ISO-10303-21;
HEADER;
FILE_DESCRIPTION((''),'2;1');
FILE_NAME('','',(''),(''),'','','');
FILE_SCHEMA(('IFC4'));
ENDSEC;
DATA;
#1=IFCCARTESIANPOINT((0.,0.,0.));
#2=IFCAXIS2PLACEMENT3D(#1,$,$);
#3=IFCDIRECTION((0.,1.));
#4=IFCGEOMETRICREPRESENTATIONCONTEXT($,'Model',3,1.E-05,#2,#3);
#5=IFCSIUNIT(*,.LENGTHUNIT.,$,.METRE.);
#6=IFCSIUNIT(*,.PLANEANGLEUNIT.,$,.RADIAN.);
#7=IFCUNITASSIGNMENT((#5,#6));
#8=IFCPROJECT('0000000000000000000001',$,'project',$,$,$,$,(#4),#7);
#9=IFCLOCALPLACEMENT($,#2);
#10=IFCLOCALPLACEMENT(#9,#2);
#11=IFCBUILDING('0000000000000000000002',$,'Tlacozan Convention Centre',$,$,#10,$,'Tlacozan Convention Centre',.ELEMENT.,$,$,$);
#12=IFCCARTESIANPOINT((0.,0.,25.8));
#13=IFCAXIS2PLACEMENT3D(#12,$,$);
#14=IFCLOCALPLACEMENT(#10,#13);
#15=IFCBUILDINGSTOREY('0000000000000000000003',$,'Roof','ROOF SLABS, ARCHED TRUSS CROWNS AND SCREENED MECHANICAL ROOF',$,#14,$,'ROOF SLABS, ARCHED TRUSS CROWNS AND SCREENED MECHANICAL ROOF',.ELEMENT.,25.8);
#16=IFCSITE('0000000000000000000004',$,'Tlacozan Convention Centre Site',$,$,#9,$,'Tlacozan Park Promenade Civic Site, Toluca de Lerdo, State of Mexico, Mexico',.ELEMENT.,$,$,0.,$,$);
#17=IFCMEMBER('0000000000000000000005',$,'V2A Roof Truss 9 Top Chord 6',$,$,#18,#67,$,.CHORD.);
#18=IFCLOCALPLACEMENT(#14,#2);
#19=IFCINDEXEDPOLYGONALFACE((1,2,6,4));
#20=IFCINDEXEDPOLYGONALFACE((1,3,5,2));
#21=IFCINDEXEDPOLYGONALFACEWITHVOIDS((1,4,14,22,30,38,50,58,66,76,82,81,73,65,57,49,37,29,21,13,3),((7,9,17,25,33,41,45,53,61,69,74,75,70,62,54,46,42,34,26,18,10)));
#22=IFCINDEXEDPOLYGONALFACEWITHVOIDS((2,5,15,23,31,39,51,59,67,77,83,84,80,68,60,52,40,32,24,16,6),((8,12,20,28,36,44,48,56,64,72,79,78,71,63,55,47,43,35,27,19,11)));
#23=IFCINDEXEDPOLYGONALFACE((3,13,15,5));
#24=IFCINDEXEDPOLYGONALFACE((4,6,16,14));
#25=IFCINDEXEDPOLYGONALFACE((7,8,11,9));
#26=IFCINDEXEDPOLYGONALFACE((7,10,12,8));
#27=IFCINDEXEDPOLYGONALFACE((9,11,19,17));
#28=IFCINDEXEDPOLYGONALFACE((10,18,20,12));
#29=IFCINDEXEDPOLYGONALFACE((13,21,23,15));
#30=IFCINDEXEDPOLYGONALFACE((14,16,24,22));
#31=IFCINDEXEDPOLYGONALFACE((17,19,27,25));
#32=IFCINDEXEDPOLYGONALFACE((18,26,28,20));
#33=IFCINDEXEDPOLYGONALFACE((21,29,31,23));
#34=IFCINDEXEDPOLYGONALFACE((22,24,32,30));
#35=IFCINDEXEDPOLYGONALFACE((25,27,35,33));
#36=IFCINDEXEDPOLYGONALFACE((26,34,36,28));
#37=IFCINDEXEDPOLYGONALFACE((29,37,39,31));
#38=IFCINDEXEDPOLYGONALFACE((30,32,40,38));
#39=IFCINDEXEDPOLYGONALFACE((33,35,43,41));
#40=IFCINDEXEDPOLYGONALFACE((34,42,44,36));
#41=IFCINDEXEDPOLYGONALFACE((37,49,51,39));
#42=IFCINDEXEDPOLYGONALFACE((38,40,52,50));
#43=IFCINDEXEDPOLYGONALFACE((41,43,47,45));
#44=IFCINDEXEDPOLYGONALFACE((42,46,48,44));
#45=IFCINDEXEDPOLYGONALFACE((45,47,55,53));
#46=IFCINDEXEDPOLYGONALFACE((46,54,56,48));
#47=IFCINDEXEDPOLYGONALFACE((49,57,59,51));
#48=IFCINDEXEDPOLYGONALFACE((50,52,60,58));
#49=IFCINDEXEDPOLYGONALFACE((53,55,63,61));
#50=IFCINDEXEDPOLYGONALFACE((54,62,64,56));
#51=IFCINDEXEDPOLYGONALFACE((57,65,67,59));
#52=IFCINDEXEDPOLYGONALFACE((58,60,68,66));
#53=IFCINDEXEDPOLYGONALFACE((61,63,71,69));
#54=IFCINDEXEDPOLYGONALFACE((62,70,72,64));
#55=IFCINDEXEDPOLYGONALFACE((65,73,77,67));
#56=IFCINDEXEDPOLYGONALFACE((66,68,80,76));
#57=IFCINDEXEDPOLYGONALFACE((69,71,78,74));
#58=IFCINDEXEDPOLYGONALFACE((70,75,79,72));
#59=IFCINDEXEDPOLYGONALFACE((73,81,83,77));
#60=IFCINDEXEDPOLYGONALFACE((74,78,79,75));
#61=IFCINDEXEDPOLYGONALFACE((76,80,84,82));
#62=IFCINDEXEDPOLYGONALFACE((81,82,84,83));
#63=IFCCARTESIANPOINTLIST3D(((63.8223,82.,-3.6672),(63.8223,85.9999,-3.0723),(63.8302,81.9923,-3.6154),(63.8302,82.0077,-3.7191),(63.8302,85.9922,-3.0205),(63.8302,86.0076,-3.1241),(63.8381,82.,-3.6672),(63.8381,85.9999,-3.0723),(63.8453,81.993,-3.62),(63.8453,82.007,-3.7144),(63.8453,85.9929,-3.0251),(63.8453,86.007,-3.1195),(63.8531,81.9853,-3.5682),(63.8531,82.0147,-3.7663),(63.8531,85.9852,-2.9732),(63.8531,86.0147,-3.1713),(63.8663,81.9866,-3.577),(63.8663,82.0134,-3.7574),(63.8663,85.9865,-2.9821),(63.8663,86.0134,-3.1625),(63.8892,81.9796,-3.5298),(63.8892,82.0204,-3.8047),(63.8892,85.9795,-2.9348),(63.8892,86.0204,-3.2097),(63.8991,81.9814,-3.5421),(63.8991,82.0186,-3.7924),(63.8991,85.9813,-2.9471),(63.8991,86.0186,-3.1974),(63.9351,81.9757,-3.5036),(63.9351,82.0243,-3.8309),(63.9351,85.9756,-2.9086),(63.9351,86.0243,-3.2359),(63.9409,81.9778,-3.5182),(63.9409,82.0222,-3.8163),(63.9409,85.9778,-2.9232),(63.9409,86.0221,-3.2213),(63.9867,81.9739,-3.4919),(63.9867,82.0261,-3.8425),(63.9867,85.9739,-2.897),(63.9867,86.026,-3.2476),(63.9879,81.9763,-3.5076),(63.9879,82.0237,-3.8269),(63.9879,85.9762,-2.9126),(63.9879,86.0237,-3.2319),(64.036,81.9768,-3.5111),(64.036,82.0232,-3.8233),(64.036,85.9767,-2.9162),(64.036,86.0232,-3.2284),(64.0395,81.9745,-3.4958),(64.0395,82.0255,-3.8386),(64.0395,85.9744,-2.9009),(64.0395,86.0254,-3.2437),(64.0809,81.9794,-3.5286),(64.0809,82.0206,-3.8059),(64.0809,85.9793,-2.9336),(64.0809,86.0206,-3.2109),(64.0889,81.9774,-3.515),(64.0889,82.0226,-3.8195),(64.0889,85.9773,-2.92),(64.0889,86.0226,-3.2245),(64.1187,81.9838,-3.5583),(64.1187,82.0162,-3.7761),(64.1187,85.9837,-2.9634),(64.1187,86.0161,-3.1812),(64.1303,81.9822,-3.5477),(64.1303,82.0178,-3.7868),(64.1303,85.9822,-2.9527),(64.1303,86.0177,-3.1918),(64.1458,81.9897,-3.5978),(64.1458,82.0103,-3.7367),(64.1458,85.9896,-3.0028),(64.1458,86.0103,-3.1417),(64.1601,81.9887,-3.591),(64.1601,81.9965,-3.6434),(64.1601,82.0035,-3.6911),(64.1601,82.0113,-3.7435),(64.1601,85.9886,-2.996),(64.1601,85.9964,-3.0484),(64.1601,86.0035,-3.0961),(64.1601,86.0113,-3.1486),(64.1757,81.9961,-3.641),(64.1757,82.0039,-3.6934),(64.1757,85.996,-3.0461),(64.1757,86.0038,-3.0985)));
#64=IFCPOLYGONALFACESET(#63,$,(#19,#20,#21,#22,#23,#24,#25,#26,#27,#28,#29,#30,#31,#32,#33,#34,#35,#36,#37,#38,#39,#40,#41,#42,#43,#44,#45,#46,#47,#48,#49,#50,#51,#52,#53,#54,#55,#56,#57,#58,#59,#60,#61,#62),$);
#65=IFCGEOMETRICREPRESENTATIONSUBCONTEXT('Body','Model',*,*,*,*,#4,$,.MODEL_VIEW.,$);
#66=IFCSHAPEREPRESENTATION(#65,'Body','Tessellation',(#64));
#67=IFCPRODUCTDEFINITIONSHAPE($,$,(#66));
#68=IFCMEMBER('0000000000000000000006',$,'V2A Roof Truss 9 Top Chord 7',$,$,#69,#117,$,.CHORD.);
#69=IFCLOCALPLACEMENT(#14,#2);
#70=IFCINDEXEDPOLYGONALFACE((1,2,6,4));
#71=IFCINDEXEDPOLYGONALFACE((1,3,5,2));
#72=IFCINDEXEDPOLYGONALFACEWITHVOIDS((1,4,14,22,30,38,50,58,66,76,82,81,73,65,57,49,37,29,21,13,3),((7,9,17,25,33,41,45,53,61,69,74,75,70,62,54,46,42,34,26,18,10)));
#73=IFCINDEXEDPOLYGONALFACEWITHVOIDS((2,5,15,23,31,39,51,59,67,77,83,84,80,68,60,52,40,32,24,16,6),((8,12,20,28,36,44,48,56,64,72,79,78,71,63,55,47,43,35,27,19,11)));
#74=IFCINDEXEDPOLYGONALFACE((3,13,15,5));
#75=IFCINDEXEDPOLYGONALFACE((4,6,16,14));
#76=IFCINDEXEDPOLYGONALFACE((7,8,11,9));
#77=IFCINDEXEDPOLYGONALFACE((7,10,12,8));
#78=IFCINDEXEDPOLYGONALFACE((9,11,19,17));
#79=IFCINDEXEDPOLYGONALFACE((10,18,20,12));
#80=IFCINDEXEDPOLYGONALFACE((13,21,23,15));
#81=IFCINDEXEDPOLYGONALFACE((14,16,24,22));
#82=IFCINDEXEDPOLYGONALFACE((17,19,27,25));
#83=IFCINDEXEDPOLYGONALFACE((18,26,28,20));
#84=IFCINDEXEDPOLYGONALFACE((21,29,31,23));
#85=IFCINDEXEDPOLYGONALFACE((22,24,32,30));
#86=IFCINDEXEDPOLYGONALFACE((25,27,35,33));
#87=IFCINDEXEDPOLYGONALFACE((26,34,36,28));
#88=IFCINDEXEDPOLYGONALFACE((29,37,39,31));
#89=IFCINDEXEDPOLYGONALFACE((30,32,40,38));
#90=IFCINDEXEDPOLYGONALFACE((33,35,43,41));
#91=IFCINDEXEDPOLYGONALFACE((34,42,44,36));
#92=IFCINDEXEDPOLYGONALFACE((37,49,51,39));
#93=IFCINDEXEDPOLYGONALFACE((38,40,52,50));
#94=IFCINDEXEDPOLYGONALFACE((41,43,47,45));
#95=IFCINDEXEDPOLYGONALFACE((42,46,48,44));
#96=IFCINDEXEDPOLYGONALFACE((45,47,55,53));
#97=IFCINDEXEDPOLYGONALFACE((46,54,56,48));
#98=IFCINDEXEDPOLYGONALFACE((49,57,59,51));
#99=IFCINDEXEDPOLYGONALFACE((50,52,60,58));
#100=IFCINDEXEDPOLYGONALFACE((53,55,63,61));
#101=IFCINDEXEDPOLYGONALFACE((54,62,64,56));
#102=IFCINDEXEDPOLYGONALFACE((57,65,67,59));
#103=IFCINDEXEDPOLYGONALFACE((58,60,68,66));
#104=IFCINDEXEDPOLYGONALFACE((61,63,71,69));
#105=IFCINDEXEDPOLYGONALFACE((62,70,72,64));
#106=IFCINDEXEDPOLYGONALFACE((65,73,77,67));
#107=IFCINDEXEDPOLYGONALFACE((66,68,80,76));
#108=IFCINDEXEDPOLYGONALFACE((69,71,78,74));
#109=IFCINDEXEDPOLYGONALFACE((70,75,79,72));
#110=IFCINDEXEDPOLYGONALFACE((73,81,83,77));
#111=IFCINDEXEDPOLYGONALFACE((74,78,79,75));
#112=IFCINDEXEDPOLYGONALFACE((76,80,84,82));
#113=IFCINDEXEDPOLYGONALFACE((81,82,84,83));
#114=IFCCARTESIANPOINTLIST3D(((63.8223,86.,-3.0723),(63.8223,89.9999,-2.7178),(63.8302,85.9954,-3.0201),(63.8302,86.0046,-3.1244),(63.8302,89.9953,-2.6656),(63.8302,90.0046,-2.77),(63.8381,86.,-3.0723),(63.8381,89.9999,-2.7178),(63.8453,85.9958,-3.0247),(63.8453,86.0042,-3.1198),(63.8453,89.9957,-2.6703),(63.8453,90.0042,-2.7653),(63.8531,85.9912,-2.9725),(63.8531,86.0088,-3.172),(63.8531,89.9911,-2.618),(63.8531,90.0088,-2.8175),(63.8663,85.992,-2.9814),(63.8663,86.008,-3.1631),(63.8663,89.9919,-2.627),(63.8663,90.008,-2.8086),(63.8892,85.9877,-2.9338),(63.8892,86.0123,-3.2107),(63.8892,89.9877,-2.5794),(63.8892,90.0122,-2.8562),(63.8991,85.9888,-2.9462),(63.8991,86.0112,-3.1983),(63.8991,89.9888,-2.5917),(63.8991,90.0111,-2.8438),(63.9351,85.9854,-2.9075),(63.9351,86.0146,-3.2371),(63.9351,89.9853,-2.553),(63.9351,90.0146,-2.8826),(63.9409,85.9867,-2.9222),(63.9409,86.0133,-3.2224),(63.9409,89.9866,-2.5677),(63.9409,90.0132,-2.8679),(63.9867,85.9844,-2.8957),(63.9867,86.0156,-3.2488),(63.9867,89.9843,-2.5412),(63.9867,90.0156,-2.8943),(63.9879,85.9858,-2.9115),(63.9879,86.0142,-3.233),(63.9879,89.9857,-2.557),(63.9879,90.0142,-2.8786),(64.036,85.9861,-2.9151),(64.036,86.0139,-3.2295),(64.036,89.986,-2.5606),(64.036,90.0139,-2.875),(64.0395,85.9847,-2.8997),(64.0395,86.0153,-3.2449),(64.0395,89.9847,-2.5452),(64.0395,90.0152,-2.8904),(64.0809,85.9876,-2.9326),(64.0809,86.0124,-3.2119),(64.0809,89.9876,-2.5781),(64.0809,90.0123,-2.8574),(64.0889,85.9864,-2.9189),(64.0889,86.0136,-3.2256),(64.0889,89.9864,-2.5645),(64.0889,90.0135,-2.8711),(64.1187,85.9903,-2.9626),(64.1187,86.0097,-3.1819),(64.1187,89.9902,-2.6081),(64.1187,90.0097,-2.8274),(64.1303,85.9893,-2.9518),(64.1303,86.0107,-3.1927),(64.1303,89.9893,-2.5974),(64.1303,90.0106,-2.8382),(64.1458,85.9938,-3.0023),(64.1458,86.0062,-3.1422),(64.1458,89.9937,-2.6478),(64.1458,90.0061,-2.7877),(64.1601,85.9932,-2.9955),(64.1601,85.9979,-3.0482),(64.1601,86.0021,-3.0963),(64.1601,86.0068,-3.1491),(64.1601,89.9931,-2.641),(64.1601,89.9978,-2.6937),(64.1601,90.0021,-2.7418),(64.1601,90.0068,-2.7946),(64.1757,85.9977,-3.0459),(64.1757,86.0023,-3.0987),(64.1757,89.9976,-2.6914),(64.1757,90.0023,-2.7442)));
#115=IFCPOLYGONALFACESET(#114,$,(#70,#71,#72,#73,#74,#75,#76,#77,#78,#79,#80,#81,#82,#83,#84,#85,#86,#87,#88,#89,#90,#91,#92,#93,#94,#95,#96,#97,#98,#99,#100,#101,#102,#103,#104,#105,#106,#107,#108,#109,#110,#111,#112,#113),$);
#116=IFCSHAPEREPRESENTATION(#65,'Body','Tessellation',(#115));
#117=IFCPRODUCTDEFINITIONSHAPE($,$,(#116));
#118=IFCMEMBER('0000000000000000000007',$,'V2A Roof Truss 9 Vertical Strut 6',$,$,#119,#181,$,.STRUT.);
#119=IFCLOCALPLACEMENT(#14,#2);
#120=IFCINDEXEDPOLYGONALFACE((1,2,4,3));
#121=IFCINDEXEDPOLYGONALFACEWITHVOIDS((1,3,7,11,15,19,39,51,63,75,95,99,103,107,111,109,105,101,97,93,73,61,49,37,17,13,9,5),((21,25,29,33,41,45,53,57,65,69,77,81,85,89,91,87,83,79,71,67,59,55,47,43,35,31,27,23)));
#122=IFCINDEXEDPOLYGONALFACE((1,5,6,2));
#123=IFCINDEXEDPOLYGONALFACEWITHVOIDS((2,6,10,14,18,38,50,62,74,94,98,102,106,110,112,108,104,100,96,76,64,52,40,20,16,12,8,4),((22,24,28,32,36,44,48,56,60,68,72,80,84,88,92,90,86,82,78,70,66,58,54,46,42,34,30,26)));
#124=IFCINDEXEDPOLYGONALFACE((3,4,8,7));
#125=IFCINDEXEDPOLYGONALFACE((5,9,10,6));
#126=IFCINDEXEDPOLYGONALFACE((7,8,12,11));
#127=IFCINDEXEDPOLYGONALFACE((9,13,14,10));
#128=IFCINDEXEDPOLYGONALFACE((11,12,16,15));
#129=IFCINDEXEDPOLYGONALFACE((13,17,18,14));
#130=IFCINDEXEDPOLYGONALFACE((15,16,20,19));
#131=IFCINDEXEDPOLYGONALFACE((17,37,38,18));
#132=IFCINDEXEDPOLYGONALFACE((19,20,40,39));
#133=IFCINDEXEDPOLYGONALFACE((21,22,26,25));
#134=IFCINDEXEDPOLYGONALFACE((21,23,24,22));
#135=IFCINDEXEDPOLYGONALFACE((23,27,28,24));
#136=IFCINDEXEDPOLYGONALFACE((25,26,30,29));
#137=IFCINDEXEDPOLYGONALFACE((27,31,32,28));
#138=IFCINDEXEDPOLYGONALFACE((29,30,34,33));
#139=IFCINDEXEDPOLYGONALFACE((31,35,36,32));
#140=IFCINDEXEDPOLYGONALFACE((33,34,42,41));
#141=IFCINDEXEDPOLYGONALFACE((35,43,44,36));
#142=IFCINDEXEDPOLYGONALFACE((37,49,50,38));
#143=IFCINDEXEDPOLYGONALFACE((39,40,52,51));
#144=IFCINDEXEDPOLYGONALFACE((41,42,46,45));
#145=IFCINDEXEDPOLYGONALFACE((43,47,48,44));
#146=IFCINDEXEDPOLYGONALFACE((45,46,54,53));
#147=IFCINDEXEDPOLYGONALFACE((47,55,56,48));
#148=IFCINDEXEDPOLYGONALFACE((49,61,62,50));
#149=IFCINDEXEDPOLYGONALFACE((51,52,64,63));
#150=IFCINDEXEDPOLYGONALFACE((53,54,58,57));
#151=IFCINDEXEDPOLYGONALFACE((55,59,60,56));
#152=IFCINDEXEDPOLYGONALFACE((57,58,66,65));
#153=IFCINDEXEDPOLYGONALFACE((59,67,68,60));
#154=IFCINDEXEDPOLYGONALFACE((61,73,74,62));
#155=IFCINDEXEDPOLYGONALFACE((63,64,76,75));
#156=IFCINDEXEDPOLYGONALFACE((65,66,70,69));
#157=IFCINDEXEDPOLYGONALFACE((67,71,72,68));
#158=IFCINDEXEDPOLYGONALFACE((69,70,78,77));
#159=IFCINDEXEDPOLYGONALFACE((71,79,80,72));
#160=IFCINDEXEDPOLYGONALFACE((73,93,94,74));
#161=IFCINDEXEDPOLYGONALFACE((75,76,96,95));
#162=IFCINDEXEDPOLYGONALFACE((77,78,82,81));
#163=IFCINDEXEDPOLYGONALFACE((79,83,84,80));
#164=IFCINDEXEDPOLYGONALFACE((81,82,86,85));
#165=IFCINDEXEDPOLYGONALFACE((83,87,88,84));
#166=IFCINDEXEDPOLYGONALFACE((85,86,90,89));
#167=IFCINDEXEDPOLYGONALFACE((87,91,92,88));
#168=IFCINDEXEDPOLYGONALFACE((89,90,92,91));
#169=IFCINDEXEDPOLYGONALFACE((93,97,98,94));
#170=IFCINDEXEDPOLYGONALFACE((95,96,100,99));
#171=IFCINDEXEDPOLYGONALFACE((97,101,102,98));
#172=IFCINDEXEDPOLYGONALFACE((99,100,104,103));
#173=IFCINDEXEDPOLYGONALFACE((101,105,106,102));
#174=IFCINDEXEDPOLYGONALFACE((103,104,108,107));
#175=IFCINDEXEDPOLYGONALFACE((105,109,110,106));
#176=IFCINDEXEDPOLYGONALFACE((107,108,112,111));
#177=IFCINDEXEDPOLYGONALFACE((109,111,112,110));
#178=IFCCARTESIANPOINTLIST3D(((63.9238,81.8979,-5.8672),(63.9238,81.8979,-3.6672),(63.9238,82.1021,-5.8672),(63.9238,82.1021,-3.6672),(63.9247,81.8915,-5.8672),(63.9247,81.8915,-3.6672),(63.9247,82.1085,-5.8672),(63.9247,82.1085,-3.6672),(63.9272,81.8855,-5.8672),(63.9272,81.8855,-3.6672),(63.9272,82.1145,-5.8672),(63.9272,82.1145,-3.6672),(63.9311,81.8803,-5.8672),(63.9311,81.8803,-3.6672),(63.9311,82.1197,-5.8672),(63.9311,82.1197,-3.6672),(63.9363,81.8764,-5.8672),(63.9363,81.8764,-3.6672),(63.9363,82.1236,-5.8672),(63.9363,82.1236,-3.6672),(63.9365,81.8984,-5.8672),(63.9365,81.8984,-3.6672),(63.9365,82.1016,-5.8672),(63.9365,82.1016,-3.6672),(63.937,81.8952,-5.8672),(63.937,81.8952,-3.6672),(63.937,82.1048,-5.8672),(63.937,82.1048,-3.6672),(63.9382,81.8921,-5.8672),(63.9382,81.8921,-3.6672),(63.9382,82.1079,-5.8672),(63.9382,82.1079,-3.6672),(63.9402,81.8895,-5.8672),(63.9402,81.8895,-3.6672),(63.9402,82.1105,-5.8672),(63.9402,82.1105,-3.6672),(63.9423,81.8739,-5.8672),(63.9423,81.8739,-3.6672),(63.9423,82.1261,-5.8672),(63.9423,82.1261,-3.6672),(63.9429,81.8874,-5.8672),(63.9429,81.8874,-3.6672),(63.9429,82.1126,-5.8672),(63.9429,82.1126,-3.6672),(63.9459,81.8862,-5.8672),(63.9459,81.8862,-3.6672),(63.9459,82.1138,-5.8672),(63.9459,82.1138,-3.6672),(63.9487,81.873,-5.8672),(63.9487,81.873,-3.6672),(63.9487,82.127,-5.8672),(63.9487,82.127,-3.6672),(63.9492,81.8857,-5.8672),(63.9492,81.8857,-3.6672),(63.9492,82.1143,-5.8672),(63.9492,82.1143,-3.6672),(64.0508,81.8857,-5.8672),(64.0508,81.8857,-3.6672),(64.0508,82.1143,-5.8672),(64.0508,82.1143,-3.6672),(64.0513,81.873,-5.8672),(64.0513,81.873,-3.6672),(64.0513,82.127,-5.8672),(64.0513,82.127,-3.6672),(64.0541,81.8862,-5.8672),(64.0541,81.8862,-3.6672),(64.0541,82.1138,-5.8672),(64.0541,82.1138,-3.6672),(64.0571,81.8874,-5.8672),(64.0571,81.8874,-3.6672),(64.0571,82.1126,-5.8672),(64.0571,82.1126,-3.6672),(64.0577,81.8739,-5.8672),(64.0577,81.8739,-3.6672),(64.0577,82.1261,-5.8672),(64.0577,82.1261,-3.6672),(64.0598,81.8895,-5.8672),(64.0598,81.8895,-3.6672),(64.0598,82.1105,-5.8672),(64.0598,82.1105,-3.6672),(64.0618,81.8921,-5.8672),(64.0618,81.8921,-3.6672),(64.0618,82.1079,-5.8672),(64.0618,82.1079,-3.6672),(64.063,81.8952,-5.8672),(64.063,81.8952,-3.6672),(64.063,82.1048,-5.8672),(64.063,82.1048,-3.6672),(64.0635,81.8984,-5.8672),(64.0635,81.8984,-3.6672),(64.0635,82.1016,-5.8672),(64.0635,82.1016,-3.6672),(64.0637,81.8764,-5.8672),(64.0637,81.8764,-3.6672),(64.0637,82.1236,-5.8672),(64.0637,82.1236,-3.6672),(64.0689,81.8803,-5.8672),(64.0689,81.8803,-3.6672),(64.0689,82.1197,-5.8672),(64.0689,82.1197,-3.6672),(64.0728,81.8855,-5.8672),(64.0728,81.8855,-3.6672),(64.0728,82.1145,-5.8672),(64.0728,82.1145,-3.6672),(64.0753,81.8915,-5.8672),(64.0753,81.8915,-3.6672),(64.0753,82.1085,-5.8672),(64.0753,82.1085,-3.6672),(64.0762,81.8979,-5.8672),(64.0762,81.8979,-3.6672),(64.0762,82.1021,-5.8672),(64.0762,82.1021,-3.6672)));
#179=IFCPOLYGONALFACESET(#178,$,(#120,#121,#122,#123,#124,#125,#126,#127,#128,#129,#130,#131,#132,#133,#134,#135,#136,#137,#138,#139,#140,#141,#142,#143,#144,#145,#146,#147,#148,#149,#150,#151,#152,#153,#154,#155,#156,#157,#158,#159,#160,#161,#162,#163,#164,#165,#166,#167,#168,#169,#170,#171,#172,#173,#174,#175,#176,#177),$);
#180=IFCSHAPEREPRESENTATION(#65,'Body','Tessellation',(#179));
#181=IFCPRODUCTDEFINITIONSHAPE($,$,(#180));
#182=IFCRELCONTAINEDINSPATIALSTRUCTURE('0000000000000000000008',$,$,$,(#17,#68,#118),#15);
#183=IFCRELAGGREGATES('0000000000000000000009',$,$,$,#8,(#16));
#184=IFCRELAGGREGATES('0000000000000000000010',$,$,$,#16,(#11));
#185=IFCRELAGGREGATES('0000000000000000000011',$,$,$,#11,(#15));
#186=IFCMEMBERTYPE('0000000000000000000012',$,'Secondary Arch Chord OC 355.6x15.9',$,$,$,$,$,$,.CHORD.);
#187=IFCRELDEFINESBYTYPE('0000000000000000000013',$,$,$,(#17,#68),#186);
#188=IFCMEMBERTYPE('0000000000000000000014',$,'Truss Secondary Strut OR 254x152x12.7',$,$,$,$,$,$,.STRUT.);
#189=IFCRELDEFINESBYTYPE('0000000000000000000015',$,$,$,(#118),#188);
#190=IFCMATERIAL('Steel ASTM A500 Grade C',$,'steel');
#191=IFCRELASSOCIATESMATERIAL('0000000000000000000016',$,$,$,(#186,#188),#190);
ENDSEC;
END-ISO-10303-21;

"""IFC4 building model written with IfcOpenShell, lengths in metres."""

from ifc_helpers import new_model, si_unit, direction, frame, origin, origin_2d, place, context, subcontext, project, spatial, hollow_rectangle, hollow_circle, extrude, material, material_profile, profile_set, type_object, element, save


model = new_model("IFC4")

# Units and contexts
model_context = context("Model", 3, precision=1e-05, world=origin(), true_north=direction((0.0, 1.0)))
body_context = subcontext(model_context, "Body", "Model", "MODEL_VIEW")
ifc_project = project(units=[si_unit("LENGTHUNIT", "METRE"), si_unit("PLANEANGLEUNIT", "RADIAN")], contexts=[model_context])

# Site, building, storey
site_placement = place(None, origin())
site = spatial("IfcSite", under=ifc_project, at=site_placement, Name="Tlacozan Convention Centre Site", LongName="Tlacozan Park Promenade Civic Site, Toluca de Lerdo, State of Mexico, Mexico", CompositionType="ELEMENT", RefElevation=0.0)
building_placement = place(site_placement, origin())
building = spatial("IfcBuilding", under=site, at=building_placement, Name="Tlacozan Convention Centre", LongName="Tlacozan Convention Centre", CompositionType="ELEMENT")
storey_placement = place(building_placement, frame((0.0, 0.0, 25.8)))
storey = spatial("IfcBuildingStorey", under=building, at=storey_placement, Name="Roof", Description="ROOF SLABS, ARCHED TRUSS CROWNS AND SCREENED MECHANICAL ROOF", LongName="ROOF SLABS, ARCHED TRUSS CROWNS AND SCREENED MECHANICAL ROOF", CompositionType="ELEMENT", Elevation=25.8)

# Members
ifc_material_1 = material(Name="Steel ASTM A500 Grade C", Category="steel")
ifc_material_profile_1 = material_profile(ifc_material_1, hollow_circle(Radius=0.1777, WallThickness=0.0159, at=origin_2d()), Name="OC 355.6x15.9")
ifc_profile_set_1 = profile_set([ifc_material_profile_1], Name="Steel ASTM A500 Grade C")
member_type_1 = type_object("IfcMemberType", Name="Secondary Arch Chord OC 355.6x15.9", PredefinedType="CHORD", material=ifc_profile_set_1)
member_1_placement = place(storey_placement, frame((64.0, 82.0, -3.6672), z_axis=(0.0, 0.989118, 0.147124), x_axis=(-1.0, 0.0, 0.0)))
element("IfcMember", 1, at=member_1_placement, inside=storey, type_object=member_type_1, Name="V2A Roof Truss 9 Top Chord 6", PredefinedType="CHORD", context=body_context, shape_type="SweptSolid", body=[
    extrude(hollow_circle(Radius=0.1777, WallThickness=0.0159, at=origin_2d()), origin(), (0.0, 0.0, 1.0), 4.0439),
])
member_2_placement = place(storey_placement, frame((64.0, 86.0, -3.0723), z_axis=(0.0, 0.996096, 0.088277), x_axis=(-1.0, 0.0, 0.0)))
element("IfcMember", 2, at=member_2_placement, inside=storey, type_object=member_type_1, Name="V2A Roof Truss 9 Top Chord 7", PredefinedType="CHORD", context=body_context, shape_type="SweptSolid", body=[
    extrude(hollow_circle(Radius=0.1777, WallThickness=0.0159, at=origin_2d()), origin(), (0.0, 0.0, 1.0), 4.0156),
])
ifc_material_profile_2 = material_profile(ifc_material_1, hollow_rectangle(XDim=0.1523, YDim=0.2539, WallThickness=0.0127, InnerFilletRadius=0.0127, OuterFilletRadius=0.0249, at=origin_2d()), Name="OR 254x152x12.7")
ifc_profile_set_2 = profile_set([ifc_material_profile_2], Name="Steel ASTM A500 Grade C")
member_type_2 = type_object("IfcMemberType", Name="Truss Secondary Strut OR 254x152x12.7", PredefinedType="STRUT", material=ifc_profile_set_2)
for number, where, z_axis, x_axis, name in (
    (3, (64.0, 82.0, -5.8672), (0.0, 0.0, 1.0), (1.0, 0.0, 0.0), "V2A Roof Truss 9 Vertical Strut 6"),
):
    element("IfcMember", number, at=place(storey_placement, frame(where, z_axis=z_axis, x_axis=x_axis)), inside=storey, type_object=member_type_2, Name=name, PredefinedType="STRUT", context=body_context, shape_type="SweptSolid", body=[
        extrude(hollow_rectangle(XDim=0.1523, YDim=0.2539, WallThickness=0.0127, InnerFilletRadius=0.0127, OuterFilletRadius=0.0249, at=origin_2d()), origin(), (0.0, 0.0, 1.0), 2.2),
    ])

save(model, "model.ifc")
